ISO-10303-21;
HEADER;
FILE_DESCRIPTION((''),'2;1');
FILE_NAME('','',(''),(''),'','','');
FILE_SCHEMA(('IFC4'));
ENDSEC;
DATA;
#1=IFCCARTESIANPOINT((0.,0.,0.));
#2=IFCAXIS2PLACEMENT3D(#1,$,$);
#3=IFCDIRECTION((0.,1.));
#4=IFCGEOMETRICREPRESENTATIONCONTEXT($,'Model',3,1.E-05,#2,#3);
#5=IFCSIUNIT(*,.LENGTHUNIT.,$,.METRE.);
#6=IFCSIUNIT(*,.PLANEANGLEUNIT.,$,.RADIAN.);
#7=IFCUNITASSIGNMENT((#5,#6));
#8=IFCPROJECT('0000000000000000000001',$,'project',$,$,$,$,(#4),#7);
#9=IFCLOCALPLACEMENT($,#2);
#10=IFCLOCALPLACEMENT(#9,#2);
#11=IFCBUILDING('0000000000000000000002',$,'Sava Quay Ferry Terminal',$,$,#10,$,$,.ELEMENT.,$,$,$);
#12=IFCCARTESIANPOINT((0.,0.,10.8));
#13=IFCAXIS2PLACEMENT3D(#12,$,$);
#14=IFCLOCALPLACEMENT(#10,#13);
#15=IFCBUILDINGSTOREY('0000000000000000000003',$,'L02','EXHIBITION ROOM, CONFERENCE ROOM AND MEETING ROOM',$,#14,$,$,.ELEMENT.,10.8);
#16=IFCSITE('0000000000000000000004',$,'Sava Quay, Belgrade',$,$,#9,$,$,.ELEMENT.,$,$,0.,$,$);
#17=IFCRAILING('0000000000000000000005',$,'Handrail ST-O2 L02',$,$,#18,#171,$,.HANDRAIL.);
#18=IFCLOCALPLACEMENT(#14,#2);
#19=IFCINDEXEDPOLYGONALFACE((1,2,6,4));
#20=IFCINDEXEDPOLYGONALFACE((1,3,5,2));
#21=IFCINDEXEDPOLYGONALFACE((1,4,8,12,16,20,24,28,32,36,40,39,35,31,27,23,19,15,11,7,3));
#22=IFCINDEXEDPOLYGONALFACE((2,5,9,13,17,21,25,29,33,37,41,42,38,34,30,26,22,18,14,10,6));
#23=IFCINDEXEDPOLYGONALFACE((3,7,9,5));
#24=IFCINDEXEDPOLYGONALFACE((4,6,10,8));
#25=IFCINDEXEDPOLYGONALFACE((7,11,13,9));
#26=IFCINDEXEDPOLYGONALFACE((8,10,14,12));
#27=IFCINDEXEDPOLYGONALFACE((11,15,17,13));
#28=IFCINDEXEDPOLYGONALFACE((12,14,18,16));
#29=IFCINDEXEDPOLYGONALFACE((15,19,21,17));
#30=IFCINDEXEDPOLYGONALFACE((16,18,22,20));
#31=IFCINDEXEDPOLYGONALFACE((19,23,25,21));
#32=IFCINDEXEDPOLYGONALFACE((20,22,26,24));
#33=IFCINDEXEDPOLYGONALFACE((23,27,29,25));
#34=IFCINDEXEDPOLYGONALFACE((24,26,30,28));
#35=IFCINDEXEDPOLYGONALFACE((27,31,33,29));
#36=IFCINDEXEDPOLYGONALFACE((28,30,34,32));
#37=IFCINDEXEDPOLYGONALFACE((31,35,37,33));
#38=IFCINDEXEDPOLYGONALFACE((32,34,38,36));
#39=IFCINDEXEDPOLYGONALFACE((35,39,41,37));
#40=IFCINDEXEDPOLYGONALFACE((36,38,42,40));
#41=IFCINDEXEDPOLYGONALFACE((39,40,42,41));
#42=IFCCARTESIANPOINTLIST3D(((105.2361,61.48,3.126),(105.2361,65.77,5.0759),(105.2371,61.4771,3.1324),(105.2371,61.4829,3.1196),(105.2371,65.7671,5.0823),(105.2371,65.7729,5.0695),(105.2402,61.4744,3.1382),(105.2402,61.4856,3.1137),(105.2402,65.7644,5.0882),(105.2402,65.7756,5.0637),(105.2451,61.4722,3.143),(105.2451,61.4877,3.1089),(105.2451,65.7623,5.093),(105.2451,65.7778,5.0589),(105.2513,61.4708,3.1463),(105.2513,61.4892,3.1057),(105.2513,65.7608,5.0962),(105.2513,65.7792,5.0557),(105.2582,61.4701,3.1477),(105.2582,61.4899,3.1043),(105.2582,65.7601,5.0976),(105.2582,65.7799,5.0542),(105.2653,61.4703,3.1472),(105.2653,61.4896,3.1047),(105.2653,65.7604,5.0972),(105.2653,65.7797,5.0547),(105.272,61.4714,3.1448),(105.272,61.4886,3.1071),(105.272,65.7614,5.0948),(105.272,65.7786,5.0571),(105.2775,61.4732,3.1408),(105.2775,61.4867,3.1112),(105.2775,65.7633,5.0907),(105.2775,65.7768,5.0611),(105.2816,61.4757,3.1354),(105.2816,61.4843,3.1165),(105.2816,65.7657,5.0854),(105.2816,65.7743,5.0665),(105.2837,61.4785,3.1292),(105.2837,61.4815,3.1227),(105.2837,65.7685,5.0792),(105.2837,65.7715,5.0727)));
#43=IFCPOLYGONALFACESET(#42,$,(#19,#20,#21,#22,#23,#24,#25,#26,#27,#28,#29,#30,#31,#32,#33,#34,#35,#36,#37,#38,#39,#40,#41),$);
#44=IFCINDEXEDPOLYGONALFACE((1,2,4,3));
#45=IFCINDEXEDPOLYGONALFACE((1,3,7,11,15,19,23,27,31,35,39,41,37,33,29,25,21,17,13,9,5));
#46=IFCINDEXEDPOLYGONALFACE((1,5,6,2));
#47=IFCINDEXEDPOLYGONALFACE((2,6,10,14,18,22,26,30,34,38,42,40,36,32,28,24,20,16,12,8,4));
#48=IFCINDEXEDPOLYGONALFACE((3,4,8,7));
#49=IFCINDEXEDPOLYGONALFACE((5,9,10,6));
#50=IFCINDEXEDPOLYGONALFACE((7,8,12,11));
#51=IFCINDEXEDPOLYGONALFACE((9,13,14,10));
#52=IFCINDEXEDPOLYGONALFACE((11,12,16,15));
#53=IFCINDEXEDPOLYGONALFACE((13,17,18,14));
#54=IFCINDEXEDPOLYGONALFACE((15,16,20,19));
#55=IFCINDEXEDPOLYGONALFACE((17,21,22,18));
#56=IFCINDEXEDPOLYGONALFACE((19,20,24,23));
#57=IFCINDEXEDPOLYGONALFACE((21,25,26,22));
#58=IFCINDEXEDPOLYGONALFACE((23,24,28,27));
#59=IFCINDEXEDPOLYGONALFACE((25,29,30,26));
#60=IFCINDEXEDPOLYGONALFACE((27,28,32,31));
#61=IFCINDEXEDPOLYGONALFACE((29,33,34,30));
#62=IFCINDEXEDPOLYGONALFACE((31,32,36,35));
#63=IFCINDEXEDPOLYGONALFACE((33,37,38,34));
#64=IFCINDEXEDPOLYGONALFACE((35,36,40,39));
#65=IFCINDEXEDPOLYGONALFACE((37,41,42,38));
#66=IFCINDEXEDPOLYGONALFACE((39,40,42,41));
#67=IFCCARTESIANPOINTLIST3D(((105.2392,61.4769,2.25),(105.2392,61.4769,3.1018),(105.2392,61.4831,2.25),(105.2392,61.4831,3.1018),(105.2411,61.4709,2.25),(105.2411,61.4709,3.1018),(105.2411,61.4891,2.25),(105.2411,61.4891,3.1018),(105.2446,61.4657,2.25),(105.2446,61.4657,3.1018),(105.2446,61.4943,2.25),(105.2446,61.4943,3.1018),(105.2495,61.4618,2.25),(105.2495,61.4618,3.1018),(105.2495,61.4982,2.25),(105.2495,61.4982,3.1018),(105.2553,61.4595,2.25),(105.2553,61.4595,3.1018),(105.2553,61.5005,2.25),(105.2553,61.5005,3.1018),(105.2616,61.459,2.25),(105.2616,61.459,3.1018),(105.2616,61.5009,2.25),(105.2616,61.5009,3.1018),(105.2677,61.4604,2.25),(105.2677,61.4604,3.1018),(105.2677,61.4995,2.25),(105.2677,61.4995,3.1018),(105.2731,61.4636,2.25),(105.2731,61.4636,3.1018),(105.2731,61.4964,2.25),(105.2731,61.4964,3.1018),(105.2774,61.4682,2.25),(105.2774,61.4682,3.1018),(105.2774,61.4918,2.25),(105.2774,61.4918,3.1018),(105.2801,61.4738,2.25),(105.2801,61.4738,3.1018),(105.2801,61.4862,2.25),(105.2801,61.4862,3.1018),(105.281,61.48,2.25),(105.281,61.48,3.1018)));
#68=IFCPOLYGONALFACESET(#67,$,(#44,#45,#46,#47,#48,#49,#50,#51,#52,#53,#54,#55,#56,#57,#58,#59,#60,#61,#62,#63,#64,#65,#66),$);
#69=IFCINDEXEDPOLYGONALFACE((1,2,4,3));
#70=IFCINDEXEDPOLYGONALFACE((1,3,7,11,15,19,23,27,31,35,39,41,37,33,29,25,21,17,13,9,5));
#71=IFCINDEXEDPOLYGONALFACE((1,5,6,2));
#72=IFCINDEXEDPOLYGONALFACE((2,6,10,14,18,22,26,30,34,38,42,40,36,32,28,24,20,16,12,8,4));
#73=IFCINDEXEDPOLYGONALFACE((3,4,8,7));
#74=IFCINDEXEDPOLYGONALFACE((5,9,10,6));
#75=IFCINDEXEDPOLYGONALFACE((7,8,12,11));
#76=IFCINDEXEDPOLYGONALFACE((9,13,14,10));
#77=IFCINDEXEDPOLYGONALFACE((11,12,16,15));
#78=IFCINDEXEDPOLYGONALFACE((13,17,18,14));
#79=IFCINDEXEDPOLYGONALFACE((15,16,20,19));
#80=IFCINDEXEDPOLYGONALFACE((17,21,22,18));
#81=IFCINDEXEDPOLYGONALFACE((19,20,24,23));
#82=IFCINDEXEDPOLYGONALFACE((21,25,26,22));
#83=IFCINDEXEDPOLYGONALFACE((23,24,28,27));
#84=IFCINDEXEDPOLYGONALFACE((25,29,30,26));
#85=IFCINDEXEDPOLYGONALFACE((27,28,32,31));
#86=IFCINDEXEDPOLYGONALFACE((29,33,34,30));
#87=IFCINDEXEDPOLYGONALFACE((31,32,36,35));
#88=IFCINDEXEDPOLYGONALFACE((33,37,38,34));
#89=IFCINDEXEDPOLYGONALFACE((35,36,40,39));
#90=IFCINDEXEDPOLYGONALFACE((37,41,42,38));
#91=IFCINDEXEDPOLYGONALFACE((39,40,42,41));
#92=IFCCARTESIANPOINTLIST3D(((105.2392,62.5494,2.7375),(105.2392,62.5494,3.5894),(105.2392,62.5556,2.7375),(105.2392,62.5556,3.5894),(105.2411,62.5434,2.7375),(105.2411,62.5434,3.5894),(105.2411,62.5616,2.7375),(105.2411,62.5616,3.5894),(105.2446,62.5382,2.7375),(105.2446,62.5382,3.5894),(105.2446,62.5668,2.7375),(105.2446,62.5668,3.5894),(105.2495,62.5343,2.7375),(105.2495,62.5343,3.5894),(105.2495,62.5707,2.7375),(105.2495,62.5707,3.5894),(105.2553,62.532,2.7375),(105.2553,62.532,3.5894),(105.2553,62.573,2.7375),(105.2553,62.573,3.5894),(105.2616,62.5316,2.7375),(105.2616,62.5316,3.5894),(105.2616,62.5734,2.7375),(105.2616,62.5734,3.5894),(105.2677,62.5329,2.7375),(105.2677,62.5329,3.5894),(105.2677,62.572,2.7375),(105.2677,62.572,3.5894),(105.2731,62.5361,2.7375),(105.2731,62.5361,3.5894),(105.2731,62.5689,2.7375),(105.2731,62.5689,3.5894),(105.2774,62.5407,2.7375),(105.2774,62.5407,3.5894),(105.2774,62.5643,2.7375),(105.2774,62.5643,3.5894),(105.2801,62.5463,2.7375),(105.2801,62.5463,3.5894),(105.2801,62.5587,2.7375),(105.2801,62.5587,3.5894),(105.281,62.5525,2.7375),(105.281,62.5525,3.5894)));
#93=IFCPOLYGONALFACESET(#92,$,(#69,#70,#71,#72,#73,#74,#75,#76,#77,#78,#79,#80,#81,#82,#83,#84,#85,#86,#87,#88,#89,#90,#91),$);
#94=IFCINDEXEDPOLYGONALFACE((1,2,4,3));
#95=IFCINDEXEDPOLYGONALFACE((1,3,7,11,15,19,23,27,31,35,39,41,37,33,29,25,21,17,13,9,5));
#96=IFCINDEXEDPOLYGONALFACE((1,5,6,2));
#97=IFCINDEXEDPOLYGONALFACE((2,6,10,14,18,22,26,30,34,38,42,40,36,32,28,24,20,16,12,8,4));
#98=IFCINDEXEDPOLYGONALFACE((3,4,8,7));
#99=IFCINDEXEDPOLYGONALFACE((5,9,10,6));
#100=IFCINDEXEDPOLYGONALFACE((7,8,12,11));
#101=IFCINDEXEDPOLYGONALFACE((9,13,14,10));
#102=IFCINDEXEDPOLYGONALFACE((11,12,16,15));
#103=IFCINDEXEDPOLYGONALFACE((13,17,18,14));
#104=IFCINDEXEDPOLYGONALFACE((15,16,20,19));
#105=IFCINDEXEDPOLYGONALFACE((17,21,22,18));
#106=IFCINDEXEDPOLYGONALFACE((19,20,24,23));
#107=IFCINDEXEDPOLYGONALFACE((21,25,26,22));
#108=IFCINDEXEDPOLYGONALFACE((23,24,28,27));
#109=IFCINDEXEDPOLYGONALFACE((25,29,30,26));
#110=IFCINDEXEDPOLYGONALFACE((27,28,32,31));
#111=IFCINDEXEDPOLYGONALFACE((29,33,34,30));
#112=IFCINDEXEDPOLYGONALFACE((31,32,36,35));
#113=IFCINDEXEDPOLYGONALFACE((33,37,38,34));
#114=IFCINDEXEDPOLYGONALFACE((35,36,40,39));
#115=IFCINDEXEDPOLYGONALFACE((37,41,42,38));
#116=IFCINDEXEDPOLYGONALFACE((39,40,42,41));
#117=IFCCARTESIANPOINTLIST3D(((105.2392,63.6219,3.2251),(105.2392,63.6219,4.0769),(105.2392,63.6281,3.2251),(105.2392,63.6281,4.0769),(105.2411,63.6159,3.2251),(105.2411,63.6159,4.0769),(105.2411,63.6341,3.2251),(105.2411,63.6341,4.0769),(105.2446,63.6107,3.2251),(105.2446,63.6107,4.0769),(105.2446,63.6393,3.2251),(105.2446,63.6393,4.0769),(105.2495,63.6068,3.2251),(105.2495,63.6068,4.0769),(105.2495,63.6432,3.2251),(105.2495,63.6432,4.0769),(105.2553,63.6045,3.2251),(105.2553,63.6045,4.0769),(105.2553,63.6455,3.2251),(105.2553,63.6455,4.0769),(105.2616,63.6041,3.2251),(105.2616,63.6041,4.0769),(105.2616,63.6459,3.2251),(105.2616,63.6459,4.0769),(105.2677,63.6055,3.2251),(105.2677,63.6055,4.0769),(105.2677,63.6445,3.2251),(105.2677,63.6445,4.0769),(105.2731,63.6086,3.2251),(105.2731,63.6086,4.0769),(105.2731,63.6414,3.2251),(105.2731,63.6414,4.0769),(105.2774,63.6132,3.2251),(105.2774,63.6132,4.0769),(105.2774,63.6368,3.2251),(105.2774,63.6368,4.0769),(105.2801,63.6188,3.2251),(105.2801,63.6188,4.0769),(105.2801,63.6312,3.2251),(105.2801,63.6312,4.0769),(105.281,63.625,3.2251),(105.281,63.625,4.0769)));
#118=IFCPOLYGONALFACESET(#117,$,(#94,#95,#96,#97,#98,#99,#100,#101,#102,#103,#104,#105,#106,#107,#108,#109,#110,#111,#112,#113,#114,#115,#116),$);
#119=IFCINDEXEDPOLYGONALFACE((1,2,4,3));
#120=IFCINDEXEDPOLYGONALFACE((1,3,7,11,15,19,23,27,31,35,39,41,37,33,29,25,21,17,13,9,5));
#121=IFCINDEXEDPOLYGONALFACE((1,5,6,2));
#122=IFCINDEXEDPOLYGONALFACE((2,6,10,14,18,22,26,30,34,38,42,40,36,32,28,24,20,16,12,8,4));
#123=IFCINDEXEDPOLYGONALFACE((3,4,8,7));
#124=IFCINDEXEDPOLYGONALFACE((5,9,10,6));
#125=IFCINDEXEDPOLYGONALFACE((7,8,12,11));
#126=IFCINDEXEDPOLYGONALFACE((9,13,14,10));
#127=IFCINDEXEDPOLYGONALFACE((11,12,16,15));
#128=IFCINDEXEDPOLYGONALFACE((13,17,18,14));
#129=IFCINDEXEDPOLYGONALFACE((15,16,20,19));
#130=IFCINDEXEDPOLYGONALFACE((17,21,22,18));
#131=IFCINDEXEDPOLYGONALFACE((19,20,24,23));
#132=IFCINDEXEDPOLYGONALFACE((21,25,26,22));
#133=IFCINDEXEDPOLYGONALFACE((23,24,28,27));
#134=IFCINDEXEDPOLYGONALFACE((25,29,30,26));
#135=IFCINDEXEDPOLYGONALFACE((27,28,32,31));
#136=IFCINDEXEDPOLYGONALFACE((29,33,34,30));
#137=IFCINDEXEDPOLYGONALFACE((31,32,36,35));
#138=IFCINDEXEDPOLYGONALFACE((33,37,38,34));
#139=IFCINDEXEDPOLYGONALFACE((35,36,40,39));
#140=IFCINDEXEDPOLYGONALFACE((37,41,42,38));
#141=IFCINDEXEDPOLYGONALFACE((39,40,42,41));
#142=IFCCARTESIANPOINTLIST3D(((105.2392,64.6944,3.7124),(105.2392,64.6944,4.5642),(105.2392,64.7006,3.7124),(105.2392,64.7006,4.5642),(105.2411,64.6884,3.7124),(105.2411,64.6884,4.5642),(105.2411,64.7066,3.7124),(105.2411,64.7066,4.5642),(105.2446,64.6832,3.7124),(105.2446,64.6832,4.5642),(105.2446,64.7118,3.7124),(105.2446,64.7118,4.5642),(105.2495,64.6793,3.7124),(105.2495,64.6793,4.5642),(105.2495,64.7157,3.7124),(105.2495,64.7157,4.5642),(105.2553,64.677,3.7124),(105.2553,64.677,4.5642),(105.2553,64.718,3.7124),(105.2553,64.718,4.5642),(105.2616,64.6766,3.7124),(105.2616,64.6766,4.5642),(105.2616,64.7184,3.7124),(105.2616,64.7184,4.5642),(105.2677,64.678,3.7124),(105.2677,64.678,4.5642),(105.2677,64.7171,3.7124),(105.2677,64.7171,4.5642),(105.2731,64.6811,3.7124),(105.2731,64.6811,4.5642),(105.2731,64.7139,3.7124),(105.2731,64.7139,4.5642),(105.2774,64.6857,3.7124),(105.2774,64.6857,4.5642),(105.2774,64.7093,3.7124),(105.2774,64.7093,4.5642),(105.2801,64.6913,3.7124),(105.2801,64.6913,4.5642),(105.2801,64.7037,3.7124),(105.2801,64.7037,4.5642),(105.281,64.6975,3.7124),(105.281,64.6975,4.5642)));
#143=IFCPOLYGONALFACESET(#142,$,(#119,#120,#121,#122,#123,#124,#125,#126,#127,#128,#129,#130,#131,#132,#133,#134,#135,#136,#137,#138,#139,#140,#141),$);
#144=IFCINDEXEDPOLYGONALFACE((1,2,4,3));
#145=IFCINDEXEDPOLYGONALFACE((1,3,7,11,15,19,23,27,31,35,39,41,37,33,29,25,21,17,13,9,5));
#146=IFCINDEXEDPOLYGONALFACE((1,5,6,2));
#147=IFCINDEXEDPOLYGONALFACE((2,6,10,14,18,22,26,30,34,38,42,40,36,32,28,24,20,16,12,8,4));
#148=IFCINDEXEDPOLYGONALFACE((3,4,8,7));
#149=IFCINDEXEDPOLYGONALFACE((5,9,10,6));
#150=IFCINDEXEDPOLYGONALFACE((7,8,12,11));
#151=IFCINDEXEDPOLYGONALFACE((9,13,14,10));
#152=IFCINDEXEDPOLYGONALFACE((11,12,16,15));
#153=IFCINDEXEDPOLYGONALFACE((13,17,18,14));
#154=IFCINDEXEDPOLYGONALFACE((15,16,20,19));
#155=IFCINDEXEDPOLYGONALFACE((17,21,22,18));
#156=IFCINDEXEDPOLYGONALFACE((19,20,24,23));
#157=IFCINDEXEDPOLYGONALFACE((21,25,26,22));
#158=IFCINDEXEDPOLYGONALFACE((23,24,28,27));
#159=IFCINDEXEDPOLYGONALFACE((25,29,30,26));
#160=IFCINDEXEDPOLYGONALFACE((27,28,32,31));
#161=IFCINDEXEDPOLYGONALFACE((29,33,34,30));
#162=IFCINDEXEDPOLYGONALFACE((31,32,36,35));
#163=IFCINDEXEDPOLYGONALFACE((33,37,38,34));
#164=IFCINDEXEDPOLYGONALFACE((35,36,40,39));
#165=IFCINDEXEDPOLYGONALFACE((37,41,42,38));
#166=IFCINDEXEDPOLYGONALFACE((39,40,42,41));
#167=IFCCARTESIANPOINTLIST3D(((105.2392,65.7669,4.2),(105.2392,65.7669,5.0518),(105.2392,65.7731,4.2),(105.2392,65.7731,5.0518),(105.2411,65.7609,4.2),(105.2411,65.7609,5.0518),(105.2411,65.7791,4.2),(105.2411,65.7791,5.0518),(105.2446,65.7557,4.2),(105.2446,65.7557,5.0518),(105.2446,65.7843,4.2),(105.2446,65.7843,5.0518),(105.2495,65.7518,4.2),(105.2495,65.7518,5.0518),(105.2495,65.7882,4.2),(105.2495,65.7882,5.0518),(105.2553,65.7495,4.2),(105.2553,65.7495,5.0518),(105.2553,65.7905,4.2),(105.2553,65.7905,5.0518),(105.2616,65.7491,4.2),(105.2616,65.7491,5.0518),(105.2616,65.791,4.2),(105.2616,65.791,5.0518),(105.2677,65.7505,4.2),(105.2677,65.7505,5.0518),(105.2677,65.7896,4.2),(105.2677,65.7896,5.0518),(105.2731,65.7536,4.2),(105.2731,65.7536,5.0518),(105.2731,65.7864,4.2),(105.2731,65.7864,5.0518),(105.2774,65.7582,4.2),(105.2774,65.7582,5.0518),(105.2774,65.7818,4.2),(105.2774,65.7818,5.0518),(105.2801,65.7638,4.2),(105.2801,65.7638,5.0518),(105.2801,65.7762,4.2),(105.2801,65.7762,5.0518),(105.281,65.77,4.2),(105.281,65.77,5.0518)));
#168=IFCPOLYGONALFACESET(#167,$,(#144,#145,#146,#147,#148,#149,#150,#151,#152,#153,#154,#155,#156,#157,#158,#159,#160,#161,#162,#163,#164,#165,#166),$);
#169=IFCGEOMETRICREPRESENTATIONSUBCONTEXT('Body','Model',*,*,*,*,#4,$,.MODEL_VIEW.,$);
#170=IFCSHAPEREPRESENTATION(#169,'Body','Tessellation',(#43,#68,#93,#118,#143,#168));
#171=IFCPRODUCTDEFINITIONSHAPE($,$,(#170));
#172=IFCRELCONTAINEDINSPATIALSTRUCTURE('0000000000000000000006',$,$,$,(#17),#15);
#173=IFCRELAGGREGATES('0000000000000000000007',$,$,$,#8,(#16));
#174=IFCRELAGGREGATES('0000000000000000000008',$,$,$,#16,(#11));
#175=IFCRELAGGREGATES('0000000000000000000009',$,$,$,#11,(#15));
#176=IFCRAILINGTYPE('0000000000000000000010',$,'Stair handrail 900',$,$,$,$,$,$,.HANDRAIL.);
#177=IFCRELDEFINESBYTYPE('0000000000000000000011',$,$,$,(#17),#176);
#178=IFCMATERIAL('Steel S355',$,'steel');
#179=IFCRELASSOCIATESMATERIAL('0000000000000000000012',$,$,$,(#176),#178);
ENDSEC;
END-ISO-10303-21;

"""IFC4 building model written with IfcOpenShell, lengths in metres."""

from ifc_helpers import new_model, si_unit, direction, frame, origin, origin_2d, place, context, subcontext, project, spatial, circle, extrude, material, type_object, element, save


model = new_model("IFC4")

# Units and contexts
model_context = context("Model", 3, precision=1e-05, world=origin(), true_north=direction((0.0, 1.0)))
body_context = subcontext(model_context, "Body", "Model", "MODEL_VIEW")
ifc_project = project(units=[si_unit("LENGTHUNIT", "METRE"), si_unit("PLANEANGLEUNIT", "RADIAN")], contexts=[model_context])

# Site, building, storey
site_placement = place(None, origin())
site = spatial("IfcSite", under=ifc_project, at=site_placement, Name="Sava Quay, Belgrade", CompositionType="ELEMENT", RefElevation=0.0)
building_placement = place(site_placement, origin())
building = spatial("IfcBuilding", under=site, at=building_placement, Name="Sava Quay Ferry Terminal", CompositionType="ELEMENT")
storey_placement = place(building_placement, frame((0.0, 0.0, 10.8)))
storey = spatial("IfcBuildingStorey", under=building, at=storey_placement, Name="L02", Description="EXHIBITION ROOM, CONFERENCE ROOM AND MEETING ROOM", CompositionType="ELEMENT", Elevation=10.8)

# Railing
ifc_material_1 = material(Name="Steel S355", Category="steel")
railing_type_1 = type_object("IfcRailingType", Name="Stair handrail 900", PredefinedType="HANDRAIL", material=ifc_material_1)
railing_1_placement = place(storey_placement, frame((105.26, 61.48, 2.25)))
element("IfcRailing", 1, at=railing_1_placement, inside=storey, type_object=railing_type_1, Name="Handrail ST-O2 L02", PredefinedType="HANDRAIL", context=body_context, shape_type="SweptSolid", body=[
    extrude(circle(Radius=0.0239, at=origin_2d()), frame((0.0, 0.0, 0.876), z_axis=(0.0, 0.910372, 0.413791), x_axis=(-1.0, 0.0, 0.0)), (0.0, 0.0, 1.0), 4.7124),
    extrude(circle(Radius=0.021, at=origin_2d()), origin(), (0.0, 0.0, 1.0), 0.8518),
    extrude(circle(Radius=0.021, at=origin_2d()), frame((0.0, 1.0725, 0.4875)), (0.0, 0.0, 1.0), 0.8518),
    extrude(circle(Radius=0.021, at=origin_2d()), frame((0.0, 2.145, 0.9751)), (0.0, 0.0, 1.0), 0.8518),
    extrude(circle(Radius=0.021, at=origin_2d()), frame((0.0, 3.2175, 1.4624)), (0.0, 0.0, 1.0), 0.8518),
    extrude(circle(Radius=0.021, at=origin_2d()), frame((0.0, 4.29, 1.95)), (0.0, 0.0, 1.0), 0.8518),
])

save(model, "model.ifc")
